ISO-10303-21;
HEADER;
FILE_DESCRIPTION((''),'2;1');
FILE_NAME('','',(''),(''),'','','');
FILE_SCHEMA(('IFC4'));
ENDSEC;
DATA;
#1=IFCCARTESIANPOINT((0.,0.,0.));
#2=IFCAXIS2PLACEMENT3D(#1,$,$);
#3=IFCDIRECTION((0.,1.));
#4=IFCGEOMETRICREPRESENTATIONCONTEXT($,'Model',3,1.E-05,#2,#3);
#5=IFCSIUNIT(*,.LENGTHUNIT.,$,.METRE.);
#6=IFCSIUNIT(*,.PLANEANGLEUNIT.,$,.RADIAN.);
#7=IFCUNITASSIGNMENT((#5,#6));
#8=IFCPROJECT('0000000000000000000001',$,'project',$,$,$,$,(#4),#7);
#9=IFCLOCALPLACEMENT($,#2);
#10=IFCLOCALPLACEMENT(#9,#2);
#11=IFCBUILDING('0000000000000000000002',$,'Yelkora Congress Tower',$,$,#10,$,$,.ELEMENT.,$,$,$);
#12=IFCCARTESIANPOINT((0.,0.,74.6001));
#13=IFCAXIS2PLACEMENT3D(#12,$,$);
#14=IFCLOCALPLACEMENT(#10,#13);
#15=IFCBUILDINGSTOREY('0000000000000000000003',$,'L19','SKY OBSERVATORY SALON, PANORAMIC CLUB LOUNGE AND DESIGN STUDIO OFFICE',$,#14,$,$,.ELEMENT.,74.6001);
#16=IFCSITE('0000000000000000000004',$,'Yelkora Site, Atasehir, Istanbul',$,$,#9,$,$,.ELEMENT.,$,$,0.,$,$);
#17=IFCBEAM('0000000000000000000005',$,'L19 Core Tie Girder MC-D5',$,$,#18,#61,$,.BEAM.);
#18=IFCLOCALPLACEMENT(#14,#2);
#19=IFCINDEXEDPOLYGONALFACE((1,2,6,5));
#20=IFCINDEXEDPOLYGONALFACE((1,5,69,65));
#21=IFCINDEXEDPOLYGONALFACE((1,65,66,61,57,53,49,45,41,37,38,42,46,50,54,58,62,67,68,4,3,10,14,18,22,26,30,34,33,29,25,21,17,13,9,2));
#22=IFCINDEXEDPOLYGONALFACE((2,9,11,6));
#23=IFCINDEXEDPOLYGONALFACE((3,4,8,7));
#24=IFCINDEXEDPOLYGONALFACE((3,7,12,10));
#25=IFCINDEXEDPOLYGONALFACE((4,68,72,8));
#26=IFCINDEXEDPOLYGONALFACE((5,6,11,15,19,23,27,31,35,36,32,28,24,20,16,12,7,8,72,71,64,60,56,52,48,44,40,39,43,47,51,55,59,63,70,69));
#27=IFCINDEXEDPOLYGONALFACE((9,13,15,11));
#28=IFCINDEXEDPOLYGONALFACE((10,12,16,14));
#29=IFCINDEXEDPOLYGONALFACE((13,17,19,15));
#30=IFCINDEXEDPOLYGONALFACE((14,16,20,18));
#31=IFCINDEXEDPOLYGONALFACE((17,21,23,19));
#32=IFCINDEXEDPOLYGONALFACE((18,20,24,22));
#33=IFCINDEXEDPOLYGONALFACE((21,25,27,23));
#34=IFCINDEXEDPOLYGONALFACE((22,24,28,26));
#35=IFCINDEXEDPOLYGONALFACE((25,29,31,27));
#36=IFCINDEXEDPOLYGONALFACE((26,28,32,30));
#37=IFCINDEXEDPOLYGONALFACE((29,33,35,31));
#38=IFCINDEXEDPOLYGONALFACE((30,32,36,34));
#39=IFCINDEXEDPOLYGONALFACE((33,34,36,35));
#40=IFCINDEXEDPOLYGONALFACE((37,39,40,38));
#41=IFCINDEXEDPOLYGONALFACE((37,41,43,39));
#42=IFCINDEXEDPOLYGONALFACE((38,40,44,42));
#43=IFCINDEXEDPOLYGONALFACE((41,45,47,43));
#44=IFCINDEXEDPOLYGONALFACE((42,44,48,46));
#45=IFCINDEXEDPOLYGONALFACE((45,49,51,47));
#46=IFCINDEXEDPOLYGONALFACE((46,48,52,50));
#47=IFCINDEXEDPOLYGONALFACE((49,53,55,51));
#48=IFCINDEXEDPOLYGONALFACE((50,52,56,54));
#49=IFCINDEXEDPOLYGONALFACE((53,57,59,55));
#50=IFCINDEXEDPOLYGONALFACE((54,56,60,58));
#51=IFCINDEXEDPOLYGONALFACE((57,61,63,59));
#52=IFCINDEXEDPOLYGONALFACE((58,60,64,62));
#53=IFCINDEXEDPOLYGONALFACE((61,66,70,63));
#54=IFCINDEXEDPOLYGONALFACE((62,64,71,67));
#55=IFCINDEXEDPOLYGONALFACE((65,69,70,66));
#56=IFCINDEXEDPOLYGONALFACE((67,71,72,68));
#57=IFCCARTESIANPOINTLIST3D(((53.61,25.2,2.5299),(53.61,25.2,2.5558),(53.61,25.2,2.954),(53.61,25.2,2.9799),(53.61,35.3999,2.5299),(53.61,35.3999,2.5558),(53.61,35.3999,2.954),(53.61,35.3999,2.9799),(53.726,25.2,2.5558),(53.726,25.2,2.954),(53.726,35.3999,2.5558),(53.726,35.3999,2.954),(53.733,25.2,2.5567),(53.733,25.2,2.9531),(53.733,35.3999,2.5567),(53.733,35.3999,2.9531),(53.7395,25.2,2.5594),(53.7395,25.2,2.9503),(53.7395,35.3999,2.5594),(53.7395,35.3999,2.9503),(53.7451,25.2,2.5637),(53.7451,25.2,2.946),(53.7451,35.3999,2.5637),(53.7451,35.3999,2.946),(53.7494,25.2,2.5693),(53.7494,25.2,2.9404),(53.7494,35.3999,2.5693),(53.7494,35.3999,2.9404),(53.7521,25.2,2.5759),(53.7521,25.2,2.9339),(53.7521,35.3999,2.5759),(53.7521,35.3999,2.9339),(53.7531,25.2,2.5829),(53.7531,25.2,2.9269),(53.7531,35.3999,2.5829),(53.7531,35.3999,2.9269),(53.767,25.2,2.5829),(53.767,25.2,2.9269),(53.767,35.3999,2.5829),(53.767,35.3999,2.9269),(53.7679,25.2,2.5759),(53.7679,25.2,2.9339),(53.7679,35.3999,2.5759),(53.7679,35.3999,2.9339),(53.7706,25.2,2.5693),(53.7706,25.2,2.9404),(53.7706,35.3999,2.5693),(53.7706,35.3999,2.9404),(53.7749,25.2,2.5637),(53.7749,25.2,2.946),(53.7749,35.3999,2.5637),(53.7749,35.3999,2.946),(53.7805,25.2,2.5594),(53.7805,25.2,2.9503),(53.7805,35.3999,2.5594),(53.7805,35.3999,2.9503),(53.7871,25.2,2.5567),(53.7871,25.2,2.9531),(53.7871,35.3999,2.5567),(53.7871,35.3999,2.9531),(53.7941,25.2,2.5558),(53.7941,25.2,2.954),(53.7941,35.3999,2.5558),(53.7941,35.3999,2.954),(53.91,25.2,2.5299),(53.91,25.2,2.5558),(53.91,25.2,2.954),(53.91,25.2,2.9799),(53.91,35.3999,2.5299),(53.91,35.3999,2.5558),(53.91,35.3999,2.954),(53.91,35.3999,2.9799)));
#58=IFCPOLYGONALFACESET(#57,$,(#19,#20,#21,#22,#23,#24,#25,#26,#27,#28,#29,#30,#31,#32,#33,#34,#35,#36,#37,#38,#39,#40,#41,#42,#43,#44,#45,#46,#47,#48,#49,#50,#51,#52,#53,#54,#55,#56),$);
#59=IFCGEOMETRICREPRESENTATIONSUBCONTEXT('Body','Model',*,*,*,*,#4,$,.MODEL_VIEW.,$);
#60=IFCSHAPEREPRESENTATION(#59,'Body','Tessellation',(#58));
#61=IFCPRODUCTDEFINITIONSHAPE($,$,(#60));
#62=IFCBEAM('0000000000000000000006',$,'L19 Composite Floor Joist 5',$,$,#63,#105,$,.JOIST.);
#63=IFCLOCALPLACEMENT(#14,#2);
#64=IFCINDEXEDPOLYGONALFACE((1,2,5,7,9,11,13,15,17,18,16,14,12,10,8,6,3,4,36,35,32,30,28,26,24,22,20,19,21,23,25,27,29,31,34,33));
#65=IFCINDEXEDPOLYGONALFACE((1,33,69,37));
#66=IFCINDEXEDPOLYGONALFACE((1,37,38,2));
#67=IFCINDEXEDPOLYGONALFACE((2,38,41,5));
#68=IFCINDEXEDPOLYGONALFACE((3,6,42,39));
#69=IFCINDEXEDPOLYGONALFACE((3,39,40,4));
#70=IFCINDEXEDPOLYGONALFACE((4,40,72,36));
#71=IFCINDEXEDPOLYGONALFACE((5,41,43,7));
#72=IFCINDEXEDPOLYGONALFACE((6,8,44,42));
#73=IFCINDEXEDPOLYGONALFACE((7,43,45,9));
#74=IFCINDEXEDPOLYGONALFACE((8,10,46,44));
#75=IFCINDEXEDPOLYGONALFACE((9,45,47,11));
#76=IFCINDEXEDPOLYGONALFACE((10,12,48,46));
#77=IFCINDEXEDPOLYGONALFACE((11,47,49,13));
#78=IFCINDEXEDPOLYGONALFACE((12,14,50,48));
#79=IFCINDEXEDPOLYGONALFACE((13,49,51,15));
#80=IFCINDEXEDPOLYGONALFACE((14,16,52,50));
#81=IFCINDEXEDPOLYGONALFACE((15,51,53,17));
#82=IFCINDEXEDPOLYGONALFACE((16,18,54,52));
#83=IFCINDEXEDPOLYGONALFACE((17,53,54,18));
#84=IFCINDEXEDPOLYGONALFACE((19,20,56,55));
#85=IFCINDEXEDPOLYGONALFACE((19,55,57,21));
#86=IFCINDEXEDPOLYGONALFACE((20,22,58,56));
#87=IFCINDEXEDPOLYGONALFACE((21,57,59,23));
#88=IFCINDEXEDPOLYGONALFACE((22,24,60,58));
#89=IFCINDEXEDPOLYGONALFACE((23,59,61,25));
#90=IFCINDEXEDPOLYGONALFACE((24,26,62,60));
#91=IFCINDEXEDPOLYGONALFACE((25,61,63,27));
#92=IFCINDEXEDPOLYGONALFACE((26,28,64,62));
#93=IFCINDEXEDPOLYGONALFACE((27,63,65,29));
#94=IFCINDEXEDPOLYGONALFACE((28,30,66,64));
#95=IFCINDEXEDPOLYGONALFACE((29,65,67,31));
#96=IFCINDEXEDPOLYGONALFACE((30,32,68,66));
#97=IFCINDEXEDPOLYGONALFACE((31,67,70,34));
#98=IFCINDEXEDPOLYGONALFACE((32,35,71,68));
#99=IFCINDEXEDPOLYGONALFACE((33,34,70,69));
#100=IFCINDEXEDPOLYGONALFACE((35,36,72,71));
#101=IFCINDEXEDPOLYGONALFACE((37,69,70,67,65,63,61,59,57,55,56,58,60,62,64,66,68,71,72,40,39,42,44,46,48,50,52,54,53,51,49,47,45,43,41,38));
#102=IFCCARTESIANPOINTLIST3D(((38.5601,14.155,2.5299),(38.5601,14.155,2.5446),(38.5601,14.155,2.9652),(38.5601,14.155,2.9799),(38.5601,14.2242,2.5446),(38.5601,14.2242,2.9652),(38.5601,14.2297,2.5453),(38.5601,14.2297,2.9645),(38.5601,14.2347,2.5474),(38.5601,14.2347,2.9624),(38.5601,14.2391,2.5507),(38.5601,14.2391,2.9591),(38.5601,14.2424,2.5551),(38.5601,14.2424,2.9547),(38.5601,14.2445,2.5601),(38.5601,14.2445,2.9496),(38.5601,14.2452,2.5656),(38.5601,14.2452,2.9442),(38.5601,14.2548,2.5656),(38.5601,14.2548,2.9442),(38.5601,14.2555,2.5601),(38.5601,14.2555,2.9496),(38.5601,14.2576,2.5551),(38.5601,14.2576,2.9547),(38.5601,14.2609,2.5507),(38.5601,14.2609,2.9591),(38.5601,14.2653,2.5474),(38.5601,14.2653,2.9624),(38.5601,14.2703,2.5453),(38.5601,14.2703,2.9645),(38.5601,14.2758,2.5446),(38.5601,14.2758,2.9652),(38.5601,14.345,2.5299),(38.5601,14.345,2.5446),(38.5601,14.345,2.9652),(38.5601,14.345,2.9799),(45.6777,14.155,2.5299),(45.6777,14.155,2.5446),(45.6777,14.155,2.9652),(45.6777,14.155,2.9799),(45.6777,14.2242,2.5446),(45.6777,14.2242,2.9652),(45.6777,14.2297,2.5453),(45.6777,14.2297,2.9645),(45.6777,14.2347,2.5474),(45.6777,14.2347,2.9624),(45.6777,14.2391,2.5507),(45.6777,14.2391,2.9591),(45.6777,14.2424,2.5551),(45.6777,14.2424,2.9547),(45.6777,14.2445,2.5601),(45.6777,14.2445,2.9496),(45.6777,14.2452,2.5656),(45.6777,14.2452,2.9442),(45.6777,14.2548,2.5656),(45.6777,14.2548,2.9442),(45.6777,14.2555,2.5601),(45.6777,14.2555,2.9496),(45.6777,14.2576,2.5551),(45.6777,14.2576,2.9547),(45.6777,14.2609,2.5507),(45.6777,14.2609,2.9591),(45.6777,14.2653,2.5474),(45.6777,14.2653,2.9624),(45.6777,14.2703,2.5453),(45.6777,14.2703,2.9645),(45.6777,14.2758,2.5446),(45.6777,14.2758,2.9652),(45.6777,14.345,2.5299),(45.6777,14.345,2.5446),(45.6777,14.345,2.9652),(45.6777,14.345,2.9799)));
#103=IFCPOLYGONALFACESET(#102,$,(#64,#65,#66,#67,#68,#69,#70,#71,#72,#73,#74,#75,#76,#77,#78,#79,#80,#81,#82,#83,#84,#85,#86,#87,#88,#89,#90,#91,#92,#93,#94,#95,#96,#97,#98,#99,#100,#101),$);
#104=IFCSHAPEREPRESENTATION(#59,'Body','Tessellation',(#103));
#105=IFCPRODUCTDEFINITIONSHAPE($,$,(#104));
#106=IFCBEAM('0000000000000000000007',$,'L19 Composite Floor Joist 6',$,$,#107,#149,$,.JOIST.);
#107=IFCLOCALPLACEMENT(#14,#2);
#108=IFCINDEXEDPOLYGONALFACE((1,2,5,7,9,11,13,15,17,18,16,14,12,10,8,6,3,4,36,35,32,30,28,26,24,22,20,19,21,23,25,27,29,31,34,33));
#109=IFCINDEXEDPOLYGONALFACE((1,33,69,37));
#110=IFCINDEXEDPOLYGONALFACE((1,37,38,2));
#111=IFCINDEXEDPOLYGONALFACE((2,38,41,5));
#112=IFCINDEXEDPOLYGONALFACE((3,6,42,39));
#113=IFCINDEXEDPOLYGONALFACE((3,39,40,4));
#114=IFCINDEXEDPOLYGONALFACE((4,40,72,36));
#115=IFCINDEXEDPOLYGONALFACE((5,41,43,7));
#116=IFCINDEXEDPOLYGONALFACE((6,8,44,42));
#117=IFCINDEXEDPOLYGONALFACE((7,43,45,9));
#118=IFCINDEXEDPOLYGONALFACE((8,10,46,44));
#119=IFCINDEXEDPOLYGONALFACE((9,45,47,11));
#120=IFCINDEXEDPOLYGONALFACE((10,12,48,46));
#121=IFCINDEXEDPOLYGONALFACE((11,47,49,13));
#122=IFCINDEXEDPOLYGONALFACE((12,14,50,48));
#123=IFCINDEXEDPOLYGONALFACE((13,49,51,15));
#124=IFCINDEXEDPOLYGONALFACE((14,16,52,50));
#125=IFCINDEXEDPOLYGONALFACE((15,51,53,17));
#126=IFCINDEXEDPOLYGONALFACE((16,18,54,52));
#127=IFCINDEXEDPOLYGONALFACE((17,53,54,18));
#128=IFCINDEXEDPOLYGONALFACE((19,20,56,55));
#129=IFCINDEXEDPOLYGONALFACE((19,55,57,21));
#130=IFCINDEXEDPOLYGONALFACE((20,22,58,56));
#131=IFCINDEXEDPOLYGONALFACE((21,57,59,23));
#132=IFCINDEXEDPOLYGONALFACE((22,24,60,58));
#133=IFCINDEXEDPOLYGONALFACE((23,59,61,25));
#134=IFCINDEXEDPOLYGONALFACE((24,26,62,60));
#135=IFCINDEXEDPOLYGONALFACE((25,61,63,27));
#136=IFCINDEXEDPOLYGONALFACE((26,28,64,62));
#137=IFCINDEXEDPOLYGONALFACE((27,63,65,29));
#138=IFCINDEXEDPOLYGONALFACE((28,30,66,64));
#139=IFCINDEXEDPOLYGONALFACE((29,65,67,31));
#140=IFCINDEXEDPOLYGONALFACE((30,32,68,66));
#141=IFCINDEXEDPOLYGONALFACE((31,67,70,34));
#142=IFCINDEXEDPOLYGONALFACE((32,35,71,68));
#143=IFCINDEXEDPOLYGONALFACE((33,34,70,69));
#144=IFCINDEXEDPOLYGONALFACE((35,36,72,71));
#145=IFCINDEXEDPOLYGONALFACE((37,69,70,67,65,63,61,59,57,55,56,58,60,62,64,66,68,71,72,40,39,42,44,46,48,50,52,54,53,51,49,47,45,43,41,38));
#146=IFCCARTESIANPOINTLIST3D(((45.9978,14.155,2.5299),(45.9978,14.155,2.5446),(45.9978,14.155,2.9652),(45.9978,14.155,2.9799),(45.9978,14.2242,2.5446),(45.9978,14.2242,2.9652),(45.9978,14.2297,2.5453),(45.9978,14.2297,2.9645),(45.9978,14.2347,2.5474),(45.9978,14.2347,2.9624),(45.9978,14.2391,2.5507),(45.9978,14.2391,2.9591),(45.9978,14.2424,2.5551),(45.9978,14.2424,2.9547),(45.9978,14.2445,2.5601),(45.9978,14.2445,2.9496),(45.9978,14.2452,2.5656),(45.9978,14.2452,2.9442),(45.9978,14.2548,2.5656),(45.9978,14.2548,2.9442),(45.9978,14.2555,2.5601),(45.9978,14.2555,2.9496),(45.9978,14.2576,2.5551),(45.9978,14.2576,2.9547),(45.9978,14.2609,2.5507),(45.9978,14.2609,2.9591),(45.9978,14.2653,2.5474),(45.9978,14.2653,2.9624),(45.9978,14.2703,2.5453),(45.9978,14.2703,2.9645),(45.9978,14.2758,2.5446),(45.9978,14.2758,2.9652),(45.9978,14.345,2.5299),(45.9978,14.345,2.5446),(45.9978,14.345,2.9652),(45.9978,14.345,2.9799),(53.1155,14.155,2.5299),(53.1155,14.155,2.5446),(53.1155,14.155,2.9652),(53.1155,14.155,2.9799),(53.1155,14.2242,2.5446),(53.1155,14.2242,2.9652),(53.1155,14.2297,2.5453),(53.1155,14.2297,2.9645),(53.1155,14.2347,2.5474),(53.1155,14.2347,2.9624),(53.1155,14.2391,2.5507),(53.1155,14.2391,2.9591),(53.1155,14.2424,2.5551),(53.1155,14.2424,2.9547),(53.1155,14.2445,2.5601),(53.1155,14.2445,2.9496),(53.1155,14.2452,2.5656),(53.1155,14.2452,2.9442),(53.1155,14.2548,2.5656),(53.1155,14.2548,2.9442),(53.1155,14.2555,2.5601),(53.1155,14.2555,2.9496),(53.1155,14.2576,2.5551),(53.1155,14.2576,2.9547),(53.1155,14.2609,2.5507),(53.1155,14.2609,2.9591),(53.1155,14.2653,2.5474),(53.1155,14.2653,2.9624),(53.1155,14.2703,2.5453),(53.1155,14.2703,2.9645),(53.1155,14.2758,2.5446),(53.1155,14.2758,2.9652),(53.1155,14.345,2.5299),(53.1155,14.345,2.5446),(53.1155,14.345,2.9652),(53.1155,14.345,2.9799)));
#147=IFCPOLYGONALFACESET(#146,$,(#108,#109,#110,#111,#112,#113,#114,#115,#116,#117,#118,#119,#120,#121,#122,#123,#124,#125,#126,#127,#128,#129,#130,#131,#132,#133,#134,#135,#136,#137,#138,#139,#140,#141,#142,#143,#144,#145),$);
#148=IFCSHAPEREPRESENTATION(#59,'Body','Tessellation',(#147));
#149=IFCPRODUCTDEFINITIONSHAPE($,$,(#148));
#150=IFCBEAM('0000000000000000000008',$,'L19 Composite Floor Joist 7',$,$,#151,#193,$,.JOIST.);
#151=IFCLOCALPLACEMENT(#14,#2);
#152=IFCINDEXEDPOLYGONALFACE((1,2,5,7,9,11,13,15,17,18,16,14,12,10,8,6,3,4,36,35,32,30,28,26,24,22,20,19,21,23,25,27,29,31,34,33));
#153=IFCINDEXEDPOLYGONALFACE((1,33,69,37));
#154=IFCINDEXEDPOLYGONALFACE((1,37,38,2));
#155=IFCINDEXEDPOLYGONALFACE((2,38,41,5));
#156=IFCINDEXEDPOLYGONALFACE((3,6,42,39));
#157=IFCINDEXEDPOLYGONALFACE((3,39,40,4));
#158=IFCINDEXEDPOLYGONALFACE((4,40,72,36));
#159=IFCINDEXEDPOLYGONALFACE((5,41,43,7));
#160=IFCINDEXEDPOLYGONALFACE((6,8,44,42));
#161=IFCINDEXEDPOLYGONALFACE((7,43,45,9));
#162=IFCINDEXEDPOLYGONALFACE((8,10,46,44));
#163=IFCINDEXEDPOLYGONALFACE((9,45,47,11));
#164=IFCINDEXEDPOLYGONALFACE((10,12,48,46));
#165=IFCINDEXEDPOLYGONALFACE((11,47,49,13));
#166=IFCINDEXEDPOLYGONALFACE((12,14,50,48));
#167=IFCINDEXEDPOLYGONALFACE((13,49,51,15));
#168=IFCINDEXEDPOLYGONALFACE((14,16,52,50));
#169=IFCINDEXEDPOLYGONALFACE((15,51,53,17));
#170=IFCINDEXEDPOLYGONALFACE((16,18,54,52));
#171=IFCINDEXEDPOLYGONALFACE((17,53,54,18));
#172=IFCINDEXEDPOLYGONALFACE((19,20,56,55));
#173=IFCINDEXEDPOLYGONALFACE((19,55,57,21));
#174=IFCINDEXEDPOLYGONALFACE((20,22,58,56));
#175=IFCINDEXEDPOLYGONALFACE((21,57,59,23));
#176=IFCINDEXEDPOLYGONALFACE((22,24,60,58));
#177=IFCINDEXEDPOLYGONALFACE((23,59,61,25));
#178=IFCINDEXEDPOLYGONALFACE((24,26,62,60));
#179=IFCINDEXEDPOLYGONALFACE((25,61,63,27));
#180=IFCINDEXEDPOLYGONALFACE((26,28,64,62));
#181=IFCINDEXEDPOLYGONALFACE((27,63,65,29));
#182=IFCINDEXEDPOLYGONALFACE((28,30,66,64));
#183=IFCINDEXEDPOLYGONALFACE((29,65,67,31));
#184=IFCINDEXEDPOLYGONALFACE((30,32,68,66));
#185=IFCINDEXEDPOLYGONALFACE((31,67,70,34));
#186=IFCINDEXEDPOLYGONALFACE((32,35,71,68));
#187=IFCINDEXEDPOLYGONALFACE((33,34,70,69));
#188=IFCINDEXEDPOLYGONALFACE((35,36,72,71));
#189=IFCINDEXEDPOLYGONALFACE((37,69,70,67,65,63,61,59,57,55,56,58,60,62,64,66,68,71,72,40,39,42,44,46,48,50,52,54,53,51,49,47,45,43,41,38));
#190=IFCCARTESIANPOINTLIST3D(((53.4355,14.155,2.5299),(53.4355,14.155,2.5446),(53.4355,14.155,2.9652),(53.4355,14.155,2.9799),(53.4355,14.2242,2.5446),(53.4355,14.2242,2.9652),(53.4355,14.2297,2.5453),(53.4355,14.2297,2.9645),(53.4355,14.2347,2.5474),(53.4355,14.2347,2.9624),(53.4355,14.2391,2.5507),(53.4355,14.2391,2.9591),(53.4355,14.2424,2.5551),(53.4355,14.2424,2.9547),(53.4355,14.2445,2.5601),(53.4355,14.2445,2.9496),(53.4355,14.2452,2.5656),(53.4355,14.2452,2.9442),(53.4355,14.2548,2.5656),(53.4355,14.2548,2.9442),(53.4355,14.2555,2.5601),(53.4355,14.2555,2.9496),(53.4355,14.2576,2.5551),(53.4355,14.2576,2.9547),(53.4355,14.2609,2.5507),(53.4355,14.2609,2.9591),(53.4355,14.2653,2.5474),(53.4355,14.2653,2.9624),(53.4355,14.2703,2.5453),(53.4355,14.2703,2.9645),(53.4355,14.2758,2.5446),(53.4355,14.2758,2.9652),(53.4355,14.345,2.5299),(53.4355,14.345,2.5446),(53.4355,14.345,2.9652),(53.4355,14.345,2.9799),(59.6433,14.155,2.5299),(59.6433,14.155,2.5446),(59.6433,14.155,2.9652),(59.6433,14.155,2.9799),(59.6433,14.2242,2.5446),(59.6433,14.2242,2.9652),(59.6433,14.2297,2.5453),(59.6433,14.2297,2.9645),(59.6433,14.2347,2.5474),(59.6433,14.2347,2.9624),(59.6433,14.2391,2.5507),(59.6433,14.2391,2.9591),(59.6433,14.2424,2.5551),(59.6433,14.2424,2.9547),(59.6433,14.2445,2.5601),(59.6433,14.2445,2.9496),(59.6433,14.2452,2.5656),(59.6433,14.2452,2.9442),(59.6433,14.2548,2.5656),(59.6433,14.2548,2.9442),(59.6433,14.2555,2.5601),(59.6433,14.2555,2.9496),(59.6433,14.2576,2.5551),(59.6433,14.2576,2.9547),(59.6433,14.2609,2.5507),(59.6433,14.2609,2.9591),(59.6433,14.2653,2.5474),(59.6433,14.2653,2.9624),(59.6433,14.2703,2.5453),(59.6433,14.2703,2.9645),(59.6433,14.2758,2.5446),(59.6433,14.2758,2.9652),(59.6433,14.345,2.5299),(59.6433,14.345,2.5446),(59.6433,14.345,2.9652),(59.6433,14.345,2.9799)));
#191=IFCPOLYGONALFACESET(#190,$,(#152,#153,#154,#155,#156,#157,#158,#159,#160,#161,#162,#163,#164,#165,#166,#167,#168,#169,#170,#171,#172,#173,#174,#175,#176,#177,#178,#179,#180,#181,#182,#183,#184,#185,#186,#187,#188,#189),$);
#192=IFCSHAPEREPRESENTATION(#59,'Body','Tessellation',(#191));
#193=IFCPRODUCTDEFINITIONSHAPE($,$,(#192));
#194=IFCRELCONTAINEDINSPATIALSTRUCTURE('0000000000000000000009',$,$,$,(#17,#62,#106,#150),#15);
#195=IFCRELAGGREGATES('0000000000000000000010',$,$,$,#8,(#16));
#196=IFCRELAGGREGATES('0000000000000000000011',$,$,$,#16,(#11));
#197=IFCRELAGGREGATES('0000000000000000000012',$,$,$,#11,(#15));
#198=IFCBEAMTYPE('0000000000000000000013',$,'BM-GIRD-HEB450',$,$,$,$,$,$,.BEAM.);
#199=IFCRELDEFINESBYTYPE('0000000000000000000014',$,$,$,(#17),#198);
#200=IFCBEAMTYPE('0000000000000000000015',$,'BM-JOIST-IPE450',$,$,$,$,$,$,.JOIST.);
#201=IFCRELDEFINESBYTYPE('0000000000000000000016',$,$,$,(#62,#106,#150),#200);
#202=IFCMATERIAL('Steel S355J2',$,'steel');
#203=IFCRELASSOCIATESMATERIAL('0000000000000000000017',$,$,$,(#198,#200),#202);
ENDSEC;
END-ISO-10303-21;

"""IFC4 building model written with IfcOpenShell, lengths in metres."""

from ifc_helpers import new_model, si_unit, direction, frame, origin, origin_2d, place, context, subcontext, project, spatial, i_section, extrude, material, material_profile, profile_set, type_object, element, save


model = new_model("IFC4")

# Units and contexts
model_context = context("Model", 3, precision=1e-05, world=origin(), true_north=direction((0.0, 1.0)))
body_context = subcontext(model_context, "Body", "Model", "MODEL_VIEW")
ifc_project = project(units=[si_unit("LENGTHUNIT", "METRE"), si_unit("PLANEANGLEUNIT", "RADIAN")], contexts=[model_context])

# Site, building, storey
site_placement = place(None, origin())
site = spatial("IfcSite", under=ifc_project, at=site_placement, Name="Yelkora Site, Atasehir, Istanbul", CompositionType="ELEMENT", RefElevation=0.0)
building_placement = place(site_placement, origin())
building = spatial("IfcBuilding", under=site, at=building_placement, Name="Yelkora Congress Tower", CompositionType="ELEMENT")
storey_placement = place(building_placement, frame((0.0, 0.0, 74.6001)))
storey = spatial("IfcBuildingStorey", under=building, at=storey_placement, Name="L19", Description="SKY OBSERVATORY SALON, PANORAMIC CLUB LOUNGE AND DESIGN STUDIO OFFICE", CompositionType="ELEMENT", Elevation=74.6001)

# Beams
ifc_material_1 = material(Name="Steel S355J2", Category="steel")
ifc_material_profile_1 = material_profile(ifc_material_1, i_section(OverallWidth=0.3, OverallDepth=0.45, WebThickness=0.0139, FlangeThickness=0.0259, FilletRadius=0.0271, at=origin_2d()), Name="HEB 450")
ifc_profile_set_1 = profile_set([ifc_material_profile_1], Name="Steel S355J2")
beam_type_1 = type_object("IfcBeamType", Name="BM-GIRD-HEB450", PredefinedType="BEAM", material=ifc_profile_set_1)
for number, where, z_axis, x_axis, name in (
    (1, (53.76, 25.2, 2.7549), (0.0, 1.0, 0.0), (-1.0, 0.0, 0.0), "L19 Core Tie Girder MC-D5"),
):
    element("IfcBeam", number, at=place(storey_placement, frame(where, z_axis=z_axis, x_axis=x_axis)), inside=storey, type_object=beam_type_1, Name=name, PredefinedType="BEAM", context=body_context, shape_type="SweptSolid", body=[
        extrude(i_section(OverallWidth=0.3, OverallDepth=0.45, WebThickness=0.0139, FlangeThickness=0.0259, FilletRadius=0.0271, at=origin_2d()), origin(), (0.0, 0.0, 1.0), 10.2),
    ])
ifc_material_profile_2 = material_profile(ifc_material_1, i_section(OverallWidth=0.1899, OverallDepth=0.45, WebThickness=0.0095, FlangeThickness=0.0146, FilletRadius=0.021, at=origin_2d()), Name="IPE 450")
ifc_profile_set_2 = profile_set([ifc_material_profile_2], Name="Steel S355J2")
beam_type_2 = type_object("IfcBeamType", Name="BM-JOIST-IPE450", PredefinedType="JOIST", material=ifc_profile_set_2)
for number, where, z_axis, x_axis, name in (
    (2, (38.5601, 14.25, 2.7549), (1.0, 0.0, 0.0), (0.0, 1.0, 0.0), "L19 Composite Floor Joist 5"),
    (3, (45.9978, 14.25, 2.7549), (1.0, 0.0, 0.0), (0.0, 1.0, 0.0), "L19 Composite Floor Joist 6"),
):
    element("IfcBeam", number, at=place(storey_placement, frame(where, z_axis=z_axis, x_axis=x_axis)), inside=storey, type_object=beam_type_2, Name=name, PredefinedType="JOIST", context=body_context, shape_type="SweptSolid", body=[
        extrude(i_section(OverallWidth=0.1899, OverallDepth=0.45, WebThickness=0.0095, FlangeThickness=0.0146, FilletRadius=0.021, at=origin_2d()), origin(), (0.0, 0.0, 1.0), 7.1177),
    ])
beam_1_placement = place(storey_placement, frame((53.4355, 14.25, 2.7549), z_axis=(1.0, 0.0, 0.0), x_axis=(0.0, 1.0, 0.0)))
element("IfcBeam", 4, at=beam_1_placement, inside=storey, type_object=beam_type_2, Name="L19 Composite Floor Joist 7", PredefinedType="JOIST", context=body_context, shape_type="SweptSolid", body=[
    extrude(i_section(OverallWidth=0.1899, OverallDepth=0.45, WebThickness=0.0095, FlangeThickness=0.0146, FilletRadius=0.021, at=origin_2d()), origin(), (0.0, 0.0, 1.0), 6.2078),
])

save(model, "model.ifc")
